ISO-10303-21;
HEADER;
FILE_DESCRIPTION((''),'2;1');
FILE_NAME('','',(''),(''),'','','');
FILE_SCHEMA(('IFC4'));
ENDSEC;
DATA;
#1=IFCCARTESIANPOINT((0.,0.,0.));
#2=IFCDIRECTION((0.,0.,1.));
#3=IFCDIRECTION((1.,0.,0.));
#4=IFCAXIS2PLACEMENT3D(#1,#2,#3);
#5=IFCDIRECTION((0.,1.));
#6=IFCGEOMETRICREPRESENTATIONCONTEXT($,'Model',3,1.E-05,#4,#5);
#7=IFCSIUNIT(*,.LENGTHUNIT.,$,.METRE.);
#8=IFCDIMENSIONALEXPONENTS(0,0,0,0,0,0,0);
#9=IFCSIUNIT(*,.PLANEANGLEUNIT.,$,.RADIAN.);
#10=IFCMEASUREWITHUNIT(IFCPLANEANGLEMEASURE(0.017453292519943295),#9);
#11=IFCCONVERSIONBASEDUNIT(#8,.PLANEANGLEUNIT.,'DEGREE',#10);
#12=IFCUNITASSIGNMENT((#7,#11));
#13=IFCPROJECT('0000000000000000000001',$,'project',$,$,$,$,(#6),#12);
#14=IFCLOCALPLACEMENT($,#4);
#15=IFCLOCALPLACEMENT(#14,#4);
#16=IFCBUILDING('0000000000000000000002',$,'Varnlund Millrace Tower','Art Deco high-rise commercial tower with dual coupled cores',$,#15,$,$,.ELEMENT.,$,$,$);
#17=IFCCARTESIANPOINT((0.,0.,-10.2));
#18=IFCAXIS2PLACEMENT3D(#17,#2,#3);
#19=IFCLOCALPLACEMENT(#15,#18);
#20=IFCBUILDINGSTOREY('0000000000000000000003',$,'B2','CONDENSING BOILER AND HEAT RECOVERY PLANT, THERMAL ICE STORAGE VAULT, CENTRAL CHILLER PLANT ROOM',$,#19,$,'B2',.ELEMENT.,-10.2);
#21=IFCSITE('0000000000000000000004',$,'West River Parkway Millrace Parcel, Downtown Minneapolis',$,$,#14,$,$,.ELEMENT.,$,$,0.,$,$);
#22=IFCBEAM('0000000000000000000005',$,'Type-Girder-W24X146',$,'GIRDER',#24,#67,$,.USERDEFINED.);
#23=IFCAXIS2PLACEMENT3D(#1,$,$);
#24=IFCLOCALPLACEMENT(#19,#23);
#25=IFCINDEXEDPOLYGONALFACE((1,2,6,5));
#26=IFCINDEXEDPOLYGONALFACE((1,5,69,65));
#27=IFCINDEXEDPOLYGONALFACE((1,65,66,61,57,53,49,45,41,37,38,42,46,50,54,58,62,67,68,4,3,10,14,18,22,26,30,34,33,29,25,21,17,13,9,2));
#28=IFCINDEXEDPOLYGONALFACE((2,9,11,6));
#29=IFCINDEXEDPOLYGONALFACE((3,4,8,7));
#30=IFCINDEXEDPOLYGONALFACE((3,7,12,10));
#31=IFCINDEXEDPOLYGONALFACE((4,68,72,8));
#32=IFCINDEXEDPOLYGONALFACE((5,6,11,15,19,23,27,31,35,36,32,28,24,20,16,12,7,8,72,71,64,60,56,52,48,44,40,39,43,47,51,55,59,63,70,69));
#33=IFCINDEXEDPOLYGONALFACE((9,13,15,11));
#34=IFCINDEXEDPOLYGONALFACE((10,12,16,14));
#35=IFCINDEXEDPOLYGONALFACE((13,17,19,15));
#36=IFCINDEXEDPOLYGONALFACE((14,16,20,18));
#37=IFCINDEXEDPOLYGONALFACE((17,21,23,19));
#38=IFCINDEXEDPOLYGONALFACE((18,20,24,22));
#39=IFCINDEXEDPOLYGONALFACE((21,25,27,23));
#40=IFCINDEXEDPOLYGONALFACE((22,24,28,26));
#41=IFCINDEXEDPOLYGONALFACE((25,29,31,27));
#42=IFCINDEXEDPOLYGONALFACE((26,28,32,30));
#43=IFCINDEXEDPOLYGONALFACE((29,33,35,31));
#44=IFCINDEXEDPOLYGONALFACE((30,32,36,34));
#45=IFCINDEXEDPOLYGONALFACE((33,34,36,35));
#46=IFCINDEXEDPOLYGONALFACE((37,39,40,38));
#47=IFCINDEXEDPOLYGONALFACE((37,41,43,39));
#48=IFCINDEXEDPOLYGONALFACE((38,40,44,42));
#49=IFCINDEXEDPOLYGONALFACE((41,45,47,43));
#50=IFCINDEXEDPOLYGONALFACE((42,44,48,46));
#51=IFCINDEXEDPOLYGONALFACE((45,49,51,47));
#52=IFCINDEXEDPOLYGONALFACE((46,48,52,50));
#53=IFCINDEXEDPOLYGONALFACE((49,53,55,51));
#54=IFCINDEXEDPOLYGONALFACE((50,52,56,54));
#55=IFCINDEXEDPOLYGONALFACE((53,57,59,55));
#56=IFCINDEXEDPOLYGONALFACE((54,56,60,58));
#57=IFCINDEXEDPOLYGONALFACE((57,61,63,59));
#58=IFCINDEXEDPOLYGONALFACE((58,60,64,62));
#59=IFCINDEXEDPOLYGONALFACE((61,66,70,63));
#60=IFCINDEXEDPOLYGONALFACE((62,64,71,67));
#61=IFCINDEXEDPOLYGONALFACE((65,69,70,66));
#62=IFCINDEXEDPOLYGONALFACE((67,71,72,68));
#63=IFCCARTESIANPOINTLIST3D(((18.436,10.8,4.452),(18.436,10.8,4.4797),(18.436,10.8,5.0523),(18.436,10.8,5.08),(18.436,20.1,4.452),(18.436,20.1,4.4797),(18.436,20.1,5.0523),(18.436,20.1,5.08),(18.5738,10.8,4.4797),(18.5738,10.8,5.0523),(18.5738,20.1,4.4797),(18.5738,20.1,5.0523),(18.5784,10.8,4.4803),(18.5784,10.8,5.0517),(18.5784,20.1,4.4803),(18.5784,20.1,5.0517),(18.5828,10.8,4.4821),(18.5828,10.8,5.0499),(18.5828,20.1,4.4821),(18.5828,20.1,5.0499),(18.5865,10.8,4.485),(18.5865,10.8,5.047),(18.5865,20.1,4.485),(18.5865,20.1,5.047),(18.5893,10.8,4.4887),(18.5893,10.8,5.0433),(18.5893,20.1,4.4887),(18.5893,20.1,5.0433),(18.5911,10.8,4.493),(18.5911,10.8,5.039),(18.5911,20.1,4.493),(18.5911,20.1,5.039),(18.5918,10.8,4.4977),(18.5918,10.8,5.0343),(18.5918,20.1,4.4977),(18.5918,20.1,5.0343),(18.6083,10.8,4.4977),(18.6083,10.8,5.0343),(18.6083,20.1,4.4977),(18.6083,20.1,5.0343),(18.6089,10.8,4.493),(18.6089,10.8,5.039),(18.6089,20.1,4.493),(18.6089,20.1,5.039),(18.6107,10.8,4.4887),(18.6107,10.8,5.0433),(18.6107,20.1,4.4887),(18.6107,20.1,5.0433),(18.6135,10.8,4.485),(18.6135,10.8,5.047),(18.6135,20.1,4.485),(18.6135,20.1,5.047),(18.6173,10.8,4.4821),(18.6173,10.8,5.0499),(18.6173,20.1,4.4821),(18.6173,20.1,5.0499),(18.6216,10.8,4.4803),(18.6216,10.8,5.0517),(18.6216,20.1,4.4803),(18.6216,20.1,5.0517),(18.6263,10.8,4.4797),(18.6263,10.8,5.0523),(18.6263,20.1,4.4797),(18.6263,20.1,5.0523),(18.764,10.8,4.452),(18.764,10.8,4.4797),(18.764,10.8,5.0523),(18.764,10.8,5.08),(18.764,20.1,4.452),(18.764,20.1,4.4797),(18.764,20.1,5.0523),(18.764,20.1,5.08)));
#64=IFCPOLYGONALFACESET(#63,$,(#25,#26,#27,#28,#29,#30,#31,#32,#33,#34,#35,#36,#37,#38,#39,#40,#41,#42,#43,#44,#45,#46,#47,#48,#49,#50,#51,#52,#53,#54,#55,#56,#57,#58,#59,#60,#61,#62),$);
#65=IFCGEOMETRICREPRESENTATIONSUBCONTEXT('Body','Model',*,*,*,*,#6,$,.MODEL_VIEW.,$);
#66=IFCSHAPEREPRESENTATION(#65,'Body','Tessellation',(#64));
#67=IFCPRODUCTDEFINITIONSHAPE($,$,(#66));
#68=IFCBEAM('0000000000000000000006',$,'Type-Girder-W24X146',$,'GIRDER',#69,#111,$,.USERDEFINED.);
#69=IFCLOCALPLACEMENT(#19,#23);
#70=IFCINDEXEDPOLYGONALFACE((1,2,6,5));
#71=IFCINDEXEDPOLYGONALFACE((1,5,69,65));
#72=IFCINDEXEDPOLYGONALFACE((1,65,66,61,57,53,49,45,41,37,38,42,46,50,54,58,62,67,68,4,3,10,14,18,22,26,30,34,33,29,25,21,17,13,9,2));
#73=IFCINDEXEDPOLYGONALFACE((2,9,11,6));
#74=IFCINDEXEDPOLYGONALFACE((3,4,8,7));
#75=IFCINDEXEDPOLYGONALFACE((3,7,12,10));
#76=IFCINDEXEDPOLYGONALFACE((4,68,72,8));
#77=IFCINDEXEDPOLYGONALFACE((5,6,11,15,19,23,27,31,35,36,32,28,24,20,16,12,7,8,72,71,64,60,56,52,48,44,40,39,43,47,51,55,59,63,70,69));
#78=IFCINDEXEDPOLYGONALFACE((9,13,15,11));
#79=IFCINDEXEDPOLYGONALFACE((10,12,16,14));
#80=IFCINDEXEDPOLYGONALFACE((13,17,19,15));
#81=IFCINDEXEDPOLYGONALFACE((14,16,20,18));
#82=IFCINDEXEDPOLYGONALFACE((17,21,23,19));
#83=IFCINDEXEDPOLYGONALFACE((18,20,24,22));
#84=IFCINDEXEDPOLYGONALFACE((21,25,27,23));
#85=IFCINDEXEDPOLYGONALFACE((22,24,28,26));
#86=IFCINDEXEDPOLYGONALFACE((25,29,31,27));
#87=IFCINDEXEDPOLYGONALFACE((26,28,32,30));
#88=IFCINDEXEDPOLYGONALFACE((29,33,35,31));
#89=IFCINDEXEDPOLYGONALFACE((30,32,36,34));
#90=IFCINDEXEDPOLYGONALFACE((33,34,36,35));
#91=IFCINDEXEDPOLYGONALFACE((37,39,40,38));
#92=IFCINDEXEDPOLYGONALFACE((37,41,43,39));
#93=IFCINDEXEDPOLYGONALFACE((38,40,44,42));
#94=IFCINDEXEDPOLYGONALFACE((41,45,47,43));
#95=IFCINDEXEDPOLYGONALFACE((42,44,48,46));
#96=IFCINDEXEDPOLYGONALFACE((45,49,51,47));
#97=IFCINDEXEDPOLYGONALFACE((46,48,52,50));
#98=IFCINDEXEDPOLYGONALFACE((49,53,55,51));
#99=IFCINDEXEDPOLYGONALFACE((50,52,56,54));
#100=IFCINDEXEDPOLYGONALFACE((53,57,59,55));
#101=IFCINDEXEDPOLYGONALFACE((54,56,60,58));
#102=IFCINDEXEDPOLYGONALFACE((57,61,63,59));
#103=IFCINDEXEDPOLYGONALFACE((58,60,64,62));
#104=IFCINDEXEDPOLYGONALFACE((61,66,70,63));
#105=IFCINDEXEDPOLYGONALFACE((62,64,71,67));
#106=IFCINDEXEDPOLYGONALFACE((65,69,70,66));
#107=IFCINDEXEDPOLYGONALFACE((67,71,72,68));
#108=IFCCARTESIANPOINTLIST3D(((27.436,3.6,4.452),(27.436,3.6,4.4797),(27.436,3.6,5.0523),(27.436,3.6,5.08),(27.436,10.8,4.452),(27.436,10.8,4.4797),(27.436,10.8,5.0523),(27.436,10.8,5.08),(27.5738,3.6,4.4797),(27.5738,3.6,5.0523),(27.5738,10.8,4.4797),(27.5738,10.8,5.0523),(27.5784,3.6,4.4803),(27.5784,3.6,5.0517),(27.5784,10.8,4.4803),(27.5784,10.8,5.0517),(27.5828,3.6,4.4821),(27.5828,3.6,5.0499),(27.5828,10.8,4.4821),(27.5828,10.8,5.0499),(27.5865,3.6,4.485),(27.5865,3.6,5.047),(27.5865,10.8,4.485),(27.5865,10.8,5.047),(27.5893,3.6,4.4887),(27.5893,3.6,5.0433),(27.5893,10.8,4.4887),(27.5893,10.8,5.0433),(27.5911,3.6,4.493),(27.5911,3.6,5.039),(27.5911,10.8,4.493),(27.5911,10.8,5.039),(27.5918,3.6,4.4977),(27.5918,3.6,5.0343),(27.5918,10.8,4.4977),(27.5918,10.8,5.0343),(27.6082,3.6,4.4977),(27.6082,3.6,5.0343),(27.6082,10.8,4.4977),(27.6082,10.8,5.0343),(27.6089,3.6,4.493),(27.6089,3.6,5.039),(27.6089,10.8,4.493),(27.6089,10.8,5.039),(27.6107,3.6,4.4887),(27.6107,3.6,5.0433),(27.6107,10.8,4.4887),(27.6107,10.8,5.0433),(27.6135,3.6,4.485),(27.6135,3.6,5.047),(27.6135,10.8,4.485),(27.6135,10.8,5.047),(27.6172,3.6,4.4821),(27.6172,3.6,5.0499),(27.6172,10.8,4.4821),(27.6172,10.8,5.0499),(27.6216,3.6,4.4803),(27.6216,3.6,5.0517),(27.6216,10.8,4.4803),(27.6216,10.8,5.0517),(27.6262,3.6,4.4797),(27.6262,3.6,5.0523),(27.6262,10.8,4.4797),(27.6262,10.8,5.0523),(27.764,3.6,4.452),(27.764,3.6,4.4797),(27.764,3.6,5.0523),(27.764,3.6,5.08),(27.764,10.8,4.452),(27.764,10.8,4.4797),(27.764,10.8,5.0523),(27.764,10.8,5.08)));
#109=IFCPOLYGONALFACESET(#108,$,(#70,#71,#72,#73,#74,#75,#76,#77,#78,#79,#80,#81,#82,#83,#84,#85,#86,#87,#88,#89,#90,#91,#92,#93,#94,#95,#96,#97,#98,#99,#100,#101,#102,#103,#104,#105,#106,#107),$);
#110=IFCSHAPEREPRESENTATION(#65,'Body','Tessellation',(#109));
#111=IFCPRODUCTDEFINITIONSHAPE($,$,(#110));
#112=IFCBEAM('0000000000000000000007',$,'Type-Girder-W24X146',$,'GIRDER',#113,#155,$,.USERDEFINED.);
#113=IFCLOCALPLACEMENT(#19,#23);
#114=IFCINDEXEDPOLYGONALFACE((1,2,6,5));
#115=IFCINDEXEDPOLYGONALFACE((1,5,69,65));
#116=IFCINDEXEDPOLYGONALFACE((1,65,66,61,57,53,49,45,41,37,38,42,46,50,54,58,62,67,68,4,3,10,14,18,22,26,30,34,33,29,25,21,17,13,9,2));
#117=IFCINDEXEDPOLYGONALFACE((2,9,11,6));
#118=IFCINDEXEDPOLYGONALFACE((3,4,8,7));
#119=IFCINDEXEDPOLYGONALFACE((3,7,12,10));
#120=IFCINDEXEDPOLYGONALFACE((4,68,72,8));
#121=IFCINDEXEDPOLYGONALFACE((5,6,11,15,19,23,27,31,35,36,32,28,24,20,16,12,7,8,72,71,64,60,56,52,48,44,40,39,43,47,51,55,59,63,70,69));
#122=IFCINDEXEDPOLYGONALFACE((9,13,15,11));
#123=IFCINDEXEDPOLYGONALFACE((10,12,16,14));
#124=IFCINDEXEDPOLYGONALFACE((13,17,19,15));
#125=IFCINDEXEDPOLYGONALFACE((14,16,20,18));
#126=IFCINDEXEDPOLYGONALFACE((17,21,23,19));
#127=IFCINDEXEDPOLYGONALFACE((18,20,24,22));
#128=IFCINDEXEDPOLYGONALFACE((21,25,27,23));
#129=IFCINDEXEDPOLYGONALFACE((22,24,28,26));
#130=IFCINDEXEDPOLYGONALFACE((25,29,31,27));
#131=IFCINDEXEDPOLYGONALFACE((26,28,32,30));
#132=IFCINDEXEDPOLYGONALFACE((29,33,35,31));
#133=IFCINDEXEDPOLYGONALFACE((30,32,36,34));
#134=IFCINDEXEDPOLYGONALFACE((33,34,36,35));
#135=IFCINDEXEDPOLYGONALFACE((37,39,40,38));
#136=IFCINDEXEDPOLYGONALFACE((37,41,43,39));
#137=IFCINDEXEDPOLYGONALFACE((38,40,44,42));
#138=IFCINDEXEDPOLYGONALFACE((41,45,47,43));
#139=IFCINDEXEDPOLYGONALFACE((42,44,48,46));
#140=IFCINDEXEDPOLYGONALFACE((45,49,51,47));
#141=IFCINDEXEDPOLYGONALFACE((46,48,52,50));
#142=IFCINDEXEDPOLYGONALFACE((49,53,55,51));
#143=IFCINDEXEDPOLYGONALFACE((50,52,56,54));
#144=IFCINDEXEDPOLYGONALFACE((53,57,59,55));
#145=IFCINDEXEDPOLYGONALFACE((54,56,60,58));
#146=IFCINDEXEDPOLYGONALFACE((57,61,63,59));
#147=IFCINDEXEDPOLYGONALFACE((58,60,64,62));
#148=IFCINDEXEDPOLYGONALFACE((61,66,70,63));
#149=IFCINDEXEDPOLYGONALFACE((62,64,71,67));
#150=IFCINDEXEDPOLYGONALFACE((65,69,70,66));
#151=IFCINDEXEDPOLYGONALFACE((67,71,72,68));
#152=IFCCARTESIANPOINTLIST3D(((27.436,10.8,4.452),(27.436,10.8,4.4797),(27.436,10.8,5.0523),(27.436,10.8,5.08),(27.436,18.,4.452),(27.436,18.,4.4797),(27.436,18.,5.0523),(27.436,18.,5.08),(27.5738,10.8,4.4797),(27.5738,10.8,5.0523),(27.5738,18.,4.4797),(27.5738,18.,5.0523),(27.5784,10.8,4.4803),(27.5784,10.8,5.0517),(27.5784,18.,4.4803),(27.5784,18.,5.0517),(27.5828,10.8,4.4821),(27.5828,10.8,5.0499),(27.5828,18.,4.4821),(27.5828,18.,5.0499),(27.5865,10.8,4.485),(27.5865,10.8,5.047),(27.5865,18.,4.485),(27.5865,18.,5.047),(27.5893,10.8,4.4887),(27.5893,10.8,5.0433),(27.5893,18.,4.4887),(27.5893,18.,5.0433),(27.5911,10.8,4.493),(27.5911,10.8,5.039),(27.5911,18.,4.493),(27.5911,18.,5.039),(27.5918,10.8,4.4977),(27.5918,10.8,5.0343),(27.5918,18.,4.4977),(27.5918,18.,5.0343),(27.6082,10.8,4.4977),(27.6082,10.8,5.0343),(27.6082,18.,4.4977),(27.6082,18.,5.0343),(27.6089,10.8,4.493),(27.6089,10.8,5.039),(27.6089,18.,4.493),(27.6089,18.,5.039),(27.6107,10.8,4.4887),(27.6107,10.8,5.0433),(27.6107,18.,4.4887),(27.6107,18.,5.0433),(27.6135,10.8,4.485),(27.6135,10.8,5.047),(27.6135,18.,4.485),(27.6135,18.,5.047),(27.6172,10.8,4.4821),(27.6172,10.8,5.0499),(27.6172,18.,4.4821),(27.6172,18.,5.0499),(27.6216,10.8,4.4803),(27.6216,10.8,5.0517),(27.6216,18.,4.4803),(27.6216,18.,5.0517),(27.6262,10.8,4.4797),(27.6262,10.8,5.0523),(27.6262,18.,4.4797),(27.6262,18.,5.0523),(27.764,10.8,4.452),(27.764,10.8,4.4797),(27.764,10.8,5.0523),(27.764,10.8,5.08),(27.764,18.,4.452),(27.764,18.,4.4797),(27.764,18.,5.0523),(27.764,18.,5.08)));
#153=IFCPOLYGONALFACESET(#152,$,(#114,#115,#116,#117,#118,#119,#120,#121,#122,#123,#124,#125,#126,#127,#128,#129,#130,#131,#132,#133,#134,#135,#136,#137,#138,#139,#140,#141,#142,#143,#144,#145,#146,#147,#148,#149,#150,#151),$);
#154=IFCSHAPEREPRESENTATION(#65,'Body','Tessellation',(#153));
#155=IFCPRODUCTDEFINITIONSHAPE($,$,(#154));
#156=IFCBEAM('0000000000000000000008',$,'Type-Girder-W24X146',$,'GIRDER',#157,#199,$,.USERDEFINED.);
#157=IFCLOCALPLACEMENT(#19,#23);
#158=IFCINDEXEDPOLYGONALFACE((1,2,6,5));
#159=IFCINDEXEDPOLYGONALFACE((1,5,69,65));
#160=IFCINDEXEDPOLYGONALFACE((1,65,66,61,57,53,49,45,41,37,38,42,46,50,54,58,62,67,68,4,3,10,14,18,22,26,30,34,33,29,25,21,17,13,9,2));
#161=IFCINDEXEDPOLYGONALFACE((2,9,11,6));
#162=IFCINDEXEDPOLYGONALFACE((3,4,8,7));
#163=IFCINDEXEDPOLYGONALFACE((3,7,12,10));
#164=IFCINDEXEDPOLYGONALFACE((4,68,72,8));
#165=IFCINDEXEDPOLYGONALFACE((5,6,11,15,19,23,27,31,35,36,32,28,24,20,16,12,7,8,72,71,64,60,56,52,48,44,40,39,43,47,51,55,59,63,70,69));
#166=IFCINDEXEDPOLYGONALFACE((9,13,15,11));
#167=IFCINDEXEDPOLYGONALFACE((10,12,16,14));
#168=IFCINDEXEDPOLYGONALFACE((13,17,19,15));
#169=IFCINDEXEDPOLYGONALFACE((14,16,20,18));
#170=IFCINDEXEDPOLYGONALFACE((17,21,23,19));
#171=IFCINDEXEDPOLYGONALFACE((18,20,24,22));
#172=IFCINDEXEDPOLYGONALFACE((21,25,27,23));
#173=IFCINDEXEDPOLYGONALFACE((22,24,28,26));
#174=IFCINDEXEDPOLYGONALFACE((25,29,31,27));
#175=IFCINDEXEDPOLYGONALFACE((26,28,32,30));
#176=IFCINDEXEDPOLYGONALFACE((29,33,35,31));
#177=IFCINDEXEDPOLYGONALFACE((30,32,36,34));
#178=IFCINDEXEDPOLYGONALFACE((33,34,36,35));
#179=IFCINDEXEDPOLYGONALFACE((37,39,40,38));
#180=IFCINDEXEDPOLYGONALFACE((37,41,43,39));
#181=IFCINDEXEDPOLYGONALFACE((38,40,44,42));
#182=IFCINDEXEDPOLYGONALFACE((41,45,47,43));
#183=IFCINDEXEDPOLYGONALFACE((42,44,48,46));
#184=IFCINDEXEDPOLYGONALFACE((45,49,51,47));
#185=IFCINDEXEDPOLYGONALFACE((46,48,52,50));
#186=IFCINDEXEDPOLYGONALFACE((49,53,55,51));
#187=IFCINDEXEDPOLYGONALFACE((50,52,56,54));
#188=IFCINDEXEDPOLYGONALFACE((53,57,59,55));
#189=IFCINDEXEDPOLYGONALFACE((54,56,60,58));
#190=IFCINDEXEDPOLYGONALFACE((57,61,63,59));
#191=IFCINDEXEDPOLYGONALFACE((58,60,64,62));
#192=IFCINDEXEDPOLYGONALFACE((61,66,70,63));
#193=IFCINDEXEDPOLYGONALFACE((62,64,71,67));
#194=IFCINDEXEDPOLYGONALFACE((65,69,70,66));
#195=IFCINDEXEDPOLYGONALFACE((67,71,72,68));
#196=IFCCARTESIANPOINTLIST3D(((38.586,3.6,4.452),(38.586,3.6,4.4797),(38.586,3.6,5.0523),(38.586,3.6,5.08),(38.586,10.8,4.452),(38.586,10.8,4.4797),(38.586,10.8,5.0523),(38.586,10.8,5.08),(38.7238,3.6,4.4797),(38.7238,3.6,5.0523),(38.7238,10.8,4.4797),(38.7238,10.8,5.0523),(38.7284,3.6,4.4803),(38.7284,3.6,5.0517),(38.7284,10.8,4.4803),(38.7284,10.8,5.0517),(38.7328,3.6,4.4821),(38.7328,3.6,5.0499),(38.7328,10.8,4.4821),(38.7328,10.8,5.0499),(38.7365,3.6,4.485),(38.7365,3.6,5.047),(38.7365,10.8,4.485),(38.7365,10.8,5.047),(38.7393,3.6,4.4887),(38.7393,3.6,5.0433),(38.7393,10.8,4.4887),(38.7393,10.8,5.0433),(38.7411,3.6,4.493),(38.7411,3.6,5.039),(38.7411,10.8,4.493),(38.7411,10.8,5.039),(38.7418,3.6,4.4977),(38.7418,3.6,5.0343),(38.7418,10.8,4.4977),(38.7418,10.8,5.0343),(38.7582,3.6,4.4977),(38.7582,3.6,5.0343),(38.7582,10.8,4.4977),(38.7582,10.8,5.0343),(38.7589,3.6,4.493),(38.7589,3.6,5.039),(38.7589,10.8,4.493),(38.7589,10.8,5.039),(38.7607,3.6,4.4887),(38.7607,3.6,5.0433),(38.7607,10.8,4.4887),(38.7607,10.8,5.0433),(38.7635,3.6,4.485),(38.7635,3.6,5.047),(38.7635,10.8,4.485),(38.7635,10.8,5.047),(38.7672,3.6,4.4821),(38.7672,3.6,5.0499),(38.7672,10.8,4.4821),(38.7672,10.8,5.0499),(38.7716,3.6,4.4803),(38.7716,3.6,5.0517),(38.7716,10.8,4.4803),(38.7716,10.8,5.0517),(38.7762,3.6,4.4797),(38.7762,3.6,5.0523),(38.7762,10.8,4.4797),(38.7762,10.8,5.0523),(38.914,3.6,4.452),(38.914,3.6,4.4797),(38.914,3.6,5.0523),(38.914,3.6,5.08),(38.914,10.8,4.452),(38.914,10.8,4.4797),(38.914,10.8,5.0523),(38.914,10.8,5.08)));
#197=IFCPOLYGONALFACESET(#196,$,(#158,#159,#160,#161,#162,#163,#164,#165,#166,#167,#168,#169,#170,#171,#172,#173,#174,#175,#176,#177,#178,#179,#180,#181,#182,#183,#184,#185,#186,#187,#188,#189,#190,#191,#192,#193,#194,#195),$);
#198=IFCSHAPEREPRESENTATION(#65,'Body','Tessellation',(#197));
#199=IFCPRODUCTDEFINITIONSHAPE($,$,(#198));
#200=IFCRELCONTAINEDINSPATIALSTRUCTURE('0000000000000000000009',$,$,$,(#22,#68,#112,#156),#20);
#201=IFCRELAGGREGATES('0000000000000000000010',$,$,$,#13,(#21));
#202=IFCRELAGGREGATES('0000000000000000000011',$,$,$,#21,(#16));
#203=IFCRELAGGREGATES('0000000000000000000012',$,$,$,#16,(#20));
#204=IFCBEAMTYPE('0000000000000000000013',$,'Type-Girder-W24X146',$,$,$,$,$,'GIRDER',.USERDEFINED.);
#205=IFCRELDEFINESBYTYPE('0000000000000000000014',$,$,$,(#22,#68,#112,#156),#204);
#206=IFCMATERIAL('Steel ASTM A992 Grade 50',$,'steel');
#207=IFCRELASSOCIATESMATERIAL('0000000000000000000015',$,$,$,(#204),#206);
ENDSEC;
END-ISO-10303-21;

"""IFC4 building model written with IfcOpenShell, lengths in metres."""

from ifc_helpers import new_model, entity, si_unit, converted_unit, direction, frame, origin_with_axes, origin_2d_with_axis, place, context, subcontext, project, spatial, i_section, extrude, material, material_profile, profile_set, type_object, element, save


model = new_model("IFC4")

# Units and contexts
model_context = context("Model", 3, precision=1e-05, world=origin_with_axes(), true_north=direction((0.0, 1.0)))
body_context = subcontext(model_context, "Body", "Model", "MODEL_VIEW")
ifc_project = project(units=[si_unit("LENGTHUNIT", "METRE"), converted_unit("PLANEANGLEUNIT", "DEGREE", entity("IfcPlaneAngleMeasure", 0.017453292519943295), si_unit("PLANEANGLEUNIT", "RADIAN"), dimensions=[0, 0, 0, 0, 0, 0, 0])], contexts=[model_context])

# Site, building, storey
site_placement = place(None, origin_with_axes())
site = spatial("IfcSite", under=ifc_project, at=site_placement, Name="West River Parkway Millrace Parcel, Downtown Minneapolis", CompositionType="ELEMENT", RefElevation=0.0)
building_placement = place(site_placement, origin_with_axes())
building = spatial("IfcBuilding", under=site, at=building_placement, Name="Varnlund Millrace Tower", Description="Art Deco high-rise commercial tower with dual coupled cores", CompositionType="ELEMENT")
storey_placement = place(building_placement, frame((0.0, 0.0, -10.2), z_axis=(0.0, 0.0, 1.0), x_axis=(1.0, 0.0, 0.0)))
storey = spatial("IfcBuildingStorey", under=building, at=storey_placement, Name="B2", Description="CONDENSING BOILER AND HEAT RECOVERY PLANT, THERMAL ICE STORAGE VAULT, CENTRAL CHILLER PLANT ROOM", LongName="B2", CompositionType="ELEMENT", Elevation=-10.2)

# Beams
ifc_material_1 = material(Name="Steel ASTM A992 Grade 50", Category="steel")
ifc_material_profile_1 = material_profile(ifc_material_1, i_section(OverallWidth=0.328, OverallDepth=0.628, WebThickness=0.0165, FlangeThickness=0.0277, FilletRadius=0.018, at=origin_2d_with_axis()), Name="Steel ASTM A992 Grade 50")
ifc_profile_set_1 = profile_set([ifc_material_profile_1], Name="Steel ASTM A992 Grade 50")
beam_type_1 = type_object("IfcBeamType", Name="Type-Girder-W24X146", ElementType="GIRDER", PredefinedType="USERDEFINED", material=ifc_profile_set_1)
beam_1_placement = place(storey_placement, frame((18.6, 10.8, 4.766), z_axis=(0.0, 1.0, 0.0), x_axis=(-1.0, 0.0, 0.0)))
element("IfcBeam", 1, at=beam_1_placement, inside=storey, type_object=beam_type_1, Name="Type-Girder-W24X146", ObjectType="GIRDER", PredefinedType="USERDEFINED", context=body_context, shape_type="SweptSolid", body=[
    extrude(i_section(OverallWidth=0.328, OverallDepth=0.628, WebThickness=0.0165, FlangeThickness=0.0277, FilletRadius=0.018, at=origin_2d_with_axis()), origin_with_axes(), (0.0, 0.0, 1.0), 9.3),
])
for number, where, z_axis, x_axis, name in (
    (2, (27.6, 3.6, 4.766), (0.0, 1.0, 0.0), (-1.0, 0.0, 0.0), "Type-Girder-W24X146"),
    (3, (27.6, 10.8, 4.766), (0.0, 1.0, 0.0), (-1.0, 0.0, 0.0), "Type-Girder-W24X146"),
    (4, (38.75, 3.6, 4.766), (0.0, 1.0, 0.0), (-1.0, 0.0, 0.0), "Type-Girder-W24X146"),
):
    element("IfcBeam", number, at=place(storey_placement, frame(where, z_axis=z_axis, x_axis=x_axis)), inside=storey, type_object=beam_type_1, Name=name, ObjectType="GIRDER", PredefinedType="USERDEFINED", context=body_context, shape_type="SweptSolid", body=[
        extrude(i_section(OverallWidth=0.328, OverallDepth=0.628, WebThickness=0.0165, FlangeThickness=0.0277, FilletRadius=0.018, at=origin_2d_with_axis()), origin_with_axes(), (0.0, 0.0, 1.0), 7.2),
    ])

save(model, "model.ifc")
